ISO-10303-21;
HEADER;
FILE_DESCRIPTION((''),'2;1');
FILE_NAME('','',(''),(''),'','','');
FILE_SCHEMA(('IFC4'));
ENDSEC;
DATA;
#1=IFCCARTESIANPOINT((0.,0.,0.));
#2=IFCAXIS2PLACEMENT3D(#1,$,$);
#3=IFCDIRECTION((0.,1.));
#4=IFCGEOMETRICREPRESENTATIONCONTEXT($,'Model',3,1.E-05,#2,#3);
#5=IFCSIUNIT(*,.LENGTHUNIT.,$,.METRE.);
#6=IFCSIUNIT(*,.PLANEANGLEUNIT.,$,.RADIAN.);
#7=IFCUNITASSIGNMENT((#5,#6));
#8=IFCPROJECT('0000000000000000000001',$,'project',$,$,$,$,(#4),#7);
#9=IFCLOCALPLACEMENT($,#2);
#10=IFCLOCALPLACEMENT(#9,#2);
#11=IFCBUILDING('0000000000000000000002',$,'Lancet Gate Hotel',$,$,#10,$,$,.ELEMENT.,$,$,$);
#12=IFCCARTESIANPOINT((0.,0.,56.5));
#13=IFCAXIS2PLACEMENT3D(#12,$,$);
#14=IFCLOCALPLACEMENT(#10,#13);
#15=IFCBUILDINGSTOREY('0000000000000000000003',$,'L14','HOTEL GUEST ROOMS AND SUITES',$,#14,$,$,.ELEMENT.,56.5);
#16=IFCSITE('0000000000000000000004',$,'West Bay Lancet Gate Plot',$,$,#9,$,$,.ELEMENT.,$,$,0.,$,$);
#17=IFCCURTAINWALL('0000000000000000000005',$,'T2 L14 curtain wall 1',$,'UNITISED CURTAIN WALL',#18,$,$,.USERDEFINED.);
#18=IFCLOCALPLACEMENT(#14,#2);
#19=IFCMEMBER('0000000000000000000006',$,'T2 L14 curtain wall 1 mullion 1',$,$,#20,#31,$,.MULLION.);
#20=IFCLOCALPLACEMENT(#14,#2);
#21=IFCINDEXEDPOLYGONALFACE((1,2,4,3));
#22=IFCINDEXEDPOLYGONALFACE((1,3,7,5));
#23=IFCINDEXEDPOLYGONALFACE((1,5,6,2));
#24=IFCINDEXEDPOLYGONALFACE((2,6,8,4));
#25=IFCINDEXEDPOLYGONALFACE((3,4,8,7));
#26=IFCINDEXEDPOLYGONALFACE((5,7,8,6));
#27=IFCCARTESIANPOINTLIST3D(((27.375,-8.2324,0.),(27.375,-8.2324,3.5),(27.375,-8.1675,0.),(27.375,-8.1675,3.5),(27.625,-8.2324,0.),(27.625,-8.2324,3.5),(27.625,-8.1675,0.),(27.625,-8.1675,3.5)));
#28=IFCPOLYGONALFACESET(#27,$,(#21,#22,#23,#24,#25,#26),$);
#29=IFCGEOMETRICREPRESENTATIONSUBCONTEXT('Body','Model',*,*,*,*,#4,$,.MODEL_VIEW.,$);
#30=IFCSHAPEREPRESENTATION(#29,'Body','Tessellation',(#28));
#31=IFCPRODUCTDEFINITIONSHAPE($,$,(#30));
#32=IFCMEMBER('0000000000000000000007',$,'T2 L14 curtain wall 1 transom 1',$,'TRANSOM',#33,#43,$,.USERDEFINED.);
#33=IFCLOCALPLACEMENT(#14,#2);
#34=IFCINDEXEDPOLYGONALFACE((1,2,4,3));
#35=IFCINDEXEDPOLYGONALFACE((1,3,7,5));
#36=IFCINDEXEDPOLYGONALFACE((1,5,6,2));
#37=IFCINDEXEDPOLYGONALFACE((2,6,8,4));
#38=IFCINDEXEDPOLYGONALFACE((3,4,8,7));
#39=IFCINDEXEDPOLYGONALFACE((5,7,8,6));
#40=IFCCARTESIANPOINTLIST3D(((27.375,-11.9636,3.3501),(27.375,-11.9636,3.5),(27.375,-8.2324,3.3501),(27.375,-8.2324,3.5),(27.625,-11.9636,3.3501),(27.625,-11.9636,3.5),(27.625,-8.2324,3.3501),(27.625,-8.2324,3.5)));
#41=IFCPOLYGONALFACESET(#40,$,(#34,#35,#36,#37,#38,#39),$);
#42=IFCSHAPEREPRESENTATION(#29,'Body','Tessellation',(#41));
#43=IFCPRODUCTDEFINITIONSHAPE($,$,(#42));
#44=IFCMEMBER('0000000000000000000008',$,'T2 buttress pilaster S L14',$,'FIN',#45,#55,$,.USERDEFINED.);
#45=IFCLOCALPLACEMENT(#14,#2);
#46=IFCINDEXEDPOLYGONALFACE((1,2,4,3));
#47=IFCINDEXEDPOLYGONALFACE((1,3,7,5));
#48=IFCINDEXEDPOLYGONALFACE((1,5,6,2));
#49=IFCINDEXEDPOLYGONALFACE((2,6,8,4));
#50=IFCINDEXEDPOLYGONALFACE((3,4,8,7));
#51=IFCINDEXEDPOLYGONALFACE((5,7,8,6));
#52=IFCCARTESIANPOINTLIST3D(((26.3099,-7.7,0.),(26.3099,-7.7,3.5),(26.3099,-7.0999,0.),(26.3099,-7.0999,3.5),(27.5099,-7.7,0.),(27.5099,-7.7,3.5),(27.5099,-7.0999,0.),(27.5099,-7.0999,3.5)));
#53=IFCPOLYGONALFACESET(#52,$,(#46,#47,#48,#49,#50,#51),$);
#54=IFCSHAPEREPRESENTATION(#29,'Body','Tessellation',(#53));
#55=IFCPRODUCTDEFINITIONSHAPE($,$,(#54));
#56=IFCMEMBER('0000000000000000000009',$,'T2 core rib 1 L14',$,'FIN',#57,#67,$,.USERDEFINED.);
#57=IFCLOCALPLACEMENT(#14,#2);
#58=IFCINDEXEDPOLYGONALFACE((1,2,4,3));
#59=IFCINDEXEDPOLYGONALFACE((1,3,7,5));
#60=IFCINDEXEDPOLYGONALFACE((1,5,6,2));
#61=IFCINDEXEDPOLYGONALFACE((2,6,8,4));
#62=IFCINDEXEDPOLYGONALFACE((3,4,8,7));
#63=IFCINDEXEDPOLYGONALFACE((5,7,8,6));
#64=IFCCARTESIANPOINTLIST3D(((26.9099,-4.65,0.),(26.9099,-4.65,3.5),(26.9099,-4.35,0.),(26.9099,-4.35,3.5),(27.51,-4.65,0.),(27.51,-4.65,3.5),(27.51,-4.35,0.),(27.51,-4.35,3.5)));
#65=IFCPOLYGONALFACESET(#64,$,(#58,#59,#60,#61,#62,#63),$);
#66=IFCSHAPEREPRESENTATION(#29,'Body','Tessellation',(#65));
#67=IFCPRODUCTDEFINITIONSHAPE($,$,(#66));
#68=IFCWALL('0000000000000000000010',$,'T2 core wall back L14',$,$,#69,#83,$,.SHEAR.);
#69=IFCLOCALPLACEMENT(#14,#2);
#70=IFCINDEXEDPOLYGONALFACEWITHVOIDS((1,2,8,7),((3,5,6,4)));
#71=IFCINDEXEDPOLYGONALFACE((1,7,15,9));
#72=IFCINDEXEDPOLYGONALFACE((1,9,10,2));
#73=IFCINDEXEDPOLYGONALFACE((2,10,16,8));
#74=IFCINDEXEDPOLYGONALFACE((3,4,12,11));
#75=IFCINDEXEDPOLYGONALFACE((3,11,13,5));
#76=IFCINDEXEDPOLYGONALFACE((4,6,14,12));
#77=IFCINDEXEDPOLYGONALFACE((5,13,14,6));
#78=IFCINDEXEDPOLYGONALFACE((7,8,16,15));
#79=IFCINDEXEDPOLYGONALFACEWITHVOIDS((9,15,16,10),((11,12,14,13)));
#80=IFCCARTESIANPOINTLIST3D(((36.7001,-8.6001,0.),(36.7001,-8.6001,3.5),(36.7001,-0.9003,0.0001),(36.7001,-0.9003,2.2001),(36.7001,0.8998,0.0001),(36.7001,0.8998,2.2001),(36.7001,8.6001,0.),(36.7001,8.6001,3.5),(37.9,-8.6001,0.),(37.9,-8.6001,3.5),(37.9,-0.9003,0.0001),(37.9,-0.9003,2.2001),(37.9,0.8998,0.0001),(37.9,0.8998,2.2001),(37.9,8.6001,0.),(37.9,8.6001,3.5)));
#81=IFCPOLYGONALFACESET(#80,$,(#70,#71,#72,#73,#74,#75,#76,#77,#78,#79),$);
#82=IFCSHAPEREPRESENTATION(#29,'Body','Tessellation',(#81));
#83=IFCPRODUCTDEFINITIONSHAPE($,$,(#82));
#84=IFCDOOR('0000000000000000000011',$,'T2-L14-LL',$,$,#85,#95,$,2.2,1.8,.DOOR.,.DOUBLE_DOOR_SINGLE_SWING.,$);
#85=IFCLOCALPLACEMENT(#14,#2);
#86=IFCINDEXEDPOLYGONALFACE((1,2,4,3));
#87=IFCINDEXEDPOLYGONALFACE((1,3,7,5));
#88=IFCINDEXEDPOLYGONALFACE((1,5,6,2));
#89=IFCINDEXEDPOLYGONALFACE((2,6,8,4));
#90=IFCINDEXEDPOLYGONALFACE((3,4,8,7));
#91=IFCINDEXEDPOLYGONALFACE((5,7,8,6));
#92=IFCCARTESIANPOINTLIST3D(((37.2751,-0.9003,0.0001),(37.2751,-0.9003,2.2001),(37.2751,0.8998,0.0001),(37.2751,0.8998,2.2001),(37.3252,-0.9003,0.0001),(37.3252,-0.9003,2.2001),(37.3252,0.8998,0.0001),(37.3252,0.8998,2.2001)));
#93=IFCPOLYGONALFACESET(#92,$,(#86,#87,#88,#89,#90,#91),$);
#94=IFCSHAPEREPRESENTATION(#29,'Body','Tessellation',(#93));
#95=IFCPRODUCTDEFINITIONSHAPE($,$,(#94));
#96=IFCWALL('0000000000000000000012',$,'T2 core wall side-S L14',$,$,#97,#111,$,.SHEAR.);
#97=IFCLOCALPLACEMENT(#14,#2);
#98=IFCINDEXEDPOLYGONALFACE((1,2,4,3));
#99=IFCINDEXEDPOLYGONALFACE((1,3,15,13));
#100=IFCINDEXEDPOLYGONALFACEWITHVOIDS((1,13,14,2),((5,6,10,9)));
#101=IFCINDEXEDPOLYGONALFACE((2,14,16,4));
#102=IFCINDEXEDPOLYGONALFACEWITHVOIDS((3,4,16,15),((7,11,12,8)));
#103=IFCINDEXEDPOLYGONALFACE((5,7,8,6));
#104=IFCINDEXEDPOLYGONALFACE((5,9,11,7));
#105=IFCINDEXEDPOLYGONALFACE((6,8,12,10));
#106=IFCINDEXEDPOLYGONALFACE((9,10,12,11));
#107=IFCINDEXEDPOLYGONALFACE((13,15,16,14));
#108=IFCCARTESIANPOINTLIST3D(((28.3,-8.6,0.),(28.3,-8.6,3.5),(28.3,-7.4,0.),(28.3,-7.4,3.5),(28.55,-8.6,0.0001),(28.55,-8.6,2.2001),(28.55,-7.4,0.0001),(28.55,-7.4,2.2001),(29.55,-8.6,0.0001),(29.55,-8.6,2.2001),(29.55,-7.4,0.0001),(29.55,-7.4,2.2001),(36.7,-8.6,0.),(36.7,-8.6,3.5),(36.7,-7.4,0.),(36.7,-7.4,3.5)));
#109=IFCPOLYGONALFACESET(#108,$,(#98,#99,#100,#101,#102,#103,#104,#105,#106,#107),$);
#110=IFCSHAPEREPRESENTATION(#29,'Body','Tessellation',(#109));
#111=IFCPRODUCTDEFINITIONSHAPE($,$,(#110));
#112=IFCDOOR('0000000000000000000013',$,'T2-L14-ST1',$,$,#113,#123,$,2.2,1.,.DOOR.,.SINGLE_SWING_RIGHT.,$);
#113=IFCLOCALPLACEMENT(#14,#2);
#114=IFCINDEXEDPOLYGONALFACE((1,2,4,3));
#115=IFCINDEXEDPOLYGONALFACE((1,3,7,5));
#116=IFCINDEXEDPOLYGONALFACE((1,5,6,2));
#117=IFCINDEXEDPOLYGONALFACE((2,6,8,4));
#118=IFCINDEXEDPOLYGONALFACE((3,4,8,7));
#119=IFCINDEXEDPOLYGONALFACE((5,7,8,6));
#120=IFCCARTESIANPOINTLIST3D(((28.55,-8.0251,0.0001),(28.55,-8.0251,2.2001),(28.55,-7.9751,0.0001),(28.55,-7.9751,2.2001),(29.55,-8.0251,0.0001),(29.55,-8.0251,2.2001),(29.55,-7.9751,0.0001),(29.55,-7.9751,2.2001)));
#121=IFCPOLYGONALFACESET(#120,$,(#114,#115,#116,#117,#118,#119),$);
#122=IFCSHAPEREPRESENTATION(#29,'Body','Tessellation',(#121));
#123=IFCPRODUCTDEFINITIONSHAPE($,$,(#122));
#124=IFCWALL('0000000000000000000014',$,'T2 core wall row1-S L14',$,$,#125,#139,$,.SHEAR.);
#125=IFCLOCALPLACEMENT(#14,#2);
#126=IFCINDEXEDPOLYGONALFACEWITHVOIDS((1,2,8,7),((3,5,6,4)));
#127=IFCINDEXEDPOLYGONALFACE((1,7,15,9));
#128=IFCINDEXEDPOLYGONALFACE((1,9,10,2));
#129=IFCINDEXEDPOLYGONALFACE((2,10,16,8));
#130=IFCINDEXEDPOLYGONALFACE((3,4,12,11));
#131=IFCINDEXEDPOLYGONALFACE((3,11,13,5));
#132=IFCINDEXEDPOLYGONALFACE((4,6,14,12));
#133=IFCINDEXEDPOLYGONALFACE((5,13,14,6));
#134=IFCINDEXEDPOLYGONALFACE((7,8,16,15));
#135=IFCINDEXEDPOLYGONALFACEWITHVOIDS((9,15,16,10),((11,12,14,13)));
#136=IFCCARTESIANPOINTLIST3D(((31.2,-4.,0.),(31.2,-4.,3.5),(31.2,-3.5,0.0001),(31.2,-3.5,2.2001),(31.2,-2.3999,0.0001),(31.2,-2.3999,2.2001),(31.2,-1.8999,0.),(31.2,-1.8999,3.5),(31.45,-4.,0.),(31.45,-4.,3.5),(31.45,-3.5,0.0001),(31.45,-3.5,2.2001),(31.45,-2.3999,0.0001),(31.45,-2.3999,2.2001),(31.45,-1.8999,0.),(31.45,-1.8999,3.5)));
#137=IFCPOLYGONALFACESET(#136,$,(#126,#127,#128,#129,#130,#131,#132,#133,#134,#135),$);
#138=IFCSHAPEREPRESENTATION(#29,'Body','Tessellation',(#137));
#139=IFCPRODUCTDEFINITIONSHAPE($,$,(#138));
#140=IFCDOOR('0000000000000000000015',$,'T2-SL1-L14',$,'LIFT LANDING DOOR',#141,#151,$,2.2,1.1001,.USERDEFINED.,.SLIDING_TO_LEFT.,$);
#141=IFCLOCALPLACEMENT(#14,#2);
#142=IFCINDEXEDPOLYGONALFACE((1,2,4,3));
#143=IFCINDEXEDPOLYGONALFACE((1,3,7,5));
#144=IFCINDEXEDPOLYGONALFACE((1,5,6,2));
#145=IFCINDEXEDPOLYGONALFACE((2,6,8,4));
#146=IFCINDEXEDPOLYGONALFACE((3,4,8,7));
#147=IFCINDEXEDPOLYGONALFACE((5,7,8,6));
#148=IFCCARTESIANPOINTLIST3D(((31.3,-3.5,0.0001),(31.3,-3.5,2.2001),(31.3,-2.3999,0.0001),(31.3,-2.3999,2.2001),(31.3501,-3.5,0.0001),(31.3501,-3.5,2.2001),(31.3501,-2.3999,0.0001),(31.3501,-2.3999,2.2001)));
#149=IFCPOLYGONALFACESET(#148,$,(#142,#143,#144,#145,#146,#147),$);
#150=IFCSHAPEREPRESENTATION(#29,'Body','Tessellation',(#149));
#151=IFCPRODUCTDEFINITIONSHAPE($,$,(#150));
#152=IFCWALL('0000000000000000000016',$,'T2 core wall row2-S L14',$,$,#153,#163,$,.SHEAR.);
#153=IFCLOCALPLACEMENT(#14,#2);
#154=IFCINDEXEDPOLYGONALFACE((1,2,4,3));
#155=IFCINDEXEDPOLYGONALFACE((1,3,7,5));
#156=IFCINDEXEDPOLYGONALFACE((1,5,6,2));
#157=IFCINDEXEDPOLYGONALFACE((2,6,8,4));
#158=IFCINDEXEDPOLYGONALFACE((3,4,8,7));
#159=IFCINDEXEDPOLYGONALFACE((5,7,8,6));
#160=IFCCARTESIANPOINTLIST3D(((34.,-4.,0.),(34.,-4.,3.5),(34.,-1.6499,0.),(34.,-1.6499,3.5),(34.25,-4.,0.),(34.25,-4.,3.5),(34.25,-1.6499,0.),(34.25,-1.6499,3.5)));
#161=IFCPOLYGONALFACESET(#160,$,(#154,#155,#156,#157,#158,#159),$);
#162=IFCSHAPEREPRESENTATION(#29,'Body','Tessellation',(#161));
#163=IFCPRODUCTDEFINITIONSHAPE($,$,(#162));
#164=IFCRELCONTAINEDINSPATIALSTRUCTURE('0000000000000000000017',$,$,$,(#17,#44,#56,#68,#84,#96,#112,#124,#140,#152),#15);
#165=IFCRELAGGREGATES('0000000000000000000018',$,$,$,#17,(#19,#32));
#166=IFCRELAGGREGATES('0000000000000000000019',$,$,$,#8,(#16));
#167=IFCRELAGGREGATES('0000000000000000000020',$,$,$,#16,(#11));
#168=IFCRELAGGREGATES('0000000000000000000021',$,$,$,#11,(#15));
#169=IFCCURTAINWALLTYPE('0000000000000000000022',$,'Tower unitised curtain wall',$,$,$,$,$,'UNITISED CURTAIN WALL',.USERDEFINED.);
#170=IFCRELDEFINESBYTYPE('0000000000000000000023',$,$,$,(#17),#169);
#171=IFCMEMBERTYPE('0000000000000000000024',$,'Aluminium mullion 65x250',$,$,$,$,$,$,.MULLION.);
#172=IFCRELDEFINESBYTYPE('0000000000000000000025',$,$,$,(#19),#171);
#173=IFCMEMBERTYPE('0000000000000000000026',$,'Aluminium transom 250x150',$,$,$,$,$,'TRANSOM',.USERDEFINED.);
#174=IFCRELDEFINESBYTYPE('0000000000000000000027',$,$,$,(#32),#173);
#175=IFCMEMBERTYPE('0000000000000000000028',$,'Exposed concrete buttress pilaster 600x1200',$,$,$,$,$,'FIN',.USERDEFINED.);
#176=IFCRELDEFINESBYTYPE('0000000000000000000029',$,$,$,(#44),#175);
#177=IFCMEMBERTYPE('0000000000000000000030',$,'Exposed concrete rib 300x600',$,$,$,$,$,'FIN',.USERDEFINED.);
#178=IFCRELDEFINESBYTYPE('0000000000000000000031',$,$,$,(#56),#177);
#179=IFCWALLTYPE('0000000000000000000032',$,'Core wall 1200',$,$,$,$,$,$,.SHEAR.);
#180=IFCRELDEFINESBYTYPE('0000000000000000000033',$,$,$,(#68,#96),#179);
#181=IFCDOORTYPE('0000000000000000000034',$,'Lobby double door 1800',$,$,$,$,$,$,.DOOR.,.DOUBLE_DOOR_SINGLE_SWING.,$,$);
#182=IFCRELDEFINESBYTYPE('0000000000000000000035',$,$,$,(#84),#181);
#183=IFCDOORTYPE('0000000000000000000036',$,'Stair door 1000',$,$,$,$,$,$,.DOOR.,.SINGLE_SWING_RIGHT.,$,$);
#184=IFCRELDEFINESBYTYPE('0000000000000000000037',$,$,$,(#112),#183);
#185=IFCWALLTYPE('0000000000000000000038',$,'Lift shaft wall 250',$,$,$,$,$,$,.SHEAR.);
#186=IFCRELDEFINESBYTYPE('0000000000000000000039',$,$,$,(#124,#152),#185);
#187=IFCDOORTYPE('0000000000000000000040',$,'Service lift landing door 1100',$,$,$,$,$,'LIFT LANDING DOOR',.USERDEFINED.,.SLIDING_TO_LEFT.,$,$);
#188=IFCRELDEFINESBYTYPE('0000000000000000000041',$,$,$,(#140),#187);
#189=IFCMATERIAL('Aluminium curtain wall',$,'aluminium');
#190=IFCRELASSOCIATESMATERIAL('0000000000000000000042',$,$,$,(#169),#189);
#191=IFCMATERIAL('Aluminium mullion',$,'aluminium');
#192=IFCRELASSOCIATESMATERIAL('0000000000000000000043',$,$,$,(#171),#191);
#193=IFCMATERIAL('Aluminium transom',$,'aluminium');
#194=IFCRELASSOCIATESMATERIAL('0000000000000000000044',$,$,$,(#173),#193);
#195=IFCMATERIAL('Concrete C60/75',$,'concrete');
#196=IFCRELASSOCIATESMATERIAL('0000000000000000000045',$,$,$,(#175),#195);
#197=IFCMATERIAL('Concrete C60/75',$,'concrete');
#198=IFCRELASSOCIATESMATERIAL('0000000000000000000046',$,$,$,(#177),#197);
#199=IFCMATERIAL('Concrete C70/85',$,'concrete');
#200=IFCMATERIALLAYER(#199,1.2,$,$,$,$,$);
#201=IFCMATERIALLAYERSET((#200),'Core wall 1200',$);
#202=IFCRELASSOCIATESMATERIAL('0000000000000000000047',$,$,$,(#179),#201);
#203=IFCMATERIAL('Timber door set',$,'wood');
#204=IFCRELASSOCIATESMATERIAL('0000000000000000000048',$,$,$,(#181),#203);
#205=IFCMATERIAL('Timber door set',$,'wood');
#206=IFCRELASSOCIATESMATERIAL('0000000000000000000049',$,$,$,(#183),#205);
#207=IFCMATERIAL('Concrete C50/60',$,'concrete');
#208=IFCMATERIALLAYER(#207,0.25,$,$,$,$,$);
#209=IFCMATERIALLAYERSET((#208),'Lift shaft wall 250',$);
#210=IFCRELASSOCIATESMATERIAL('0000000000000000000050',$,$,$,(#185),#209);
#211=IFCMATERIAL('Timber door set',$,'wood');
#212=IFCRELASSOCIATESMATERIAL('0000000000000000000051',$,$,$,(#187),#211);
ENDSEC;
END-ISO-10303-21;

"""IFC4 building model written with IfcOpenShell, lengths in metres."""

from ifc_helpers import new_model, si_unit, direction, frame, frame_2d, origin, origin_2d, place, context, subcontext, project, spatial, rectangle, extrude, material, layer, layer_set, material_profile, profile_set, type_object, element, fill, aggregate, save


model = new_model("IFC4")

# Units and contexts
model_context = context("Model", 3, precision=1e-05, world=origin(), true_north=direction((0.0, 1.0)))
body_context = subcontext(model_context, "Body", "Model", "MODEL_VIEW")
ifc_project = project(units=[si_unit("LENGTHUNIT", "METRE"), si_unit("PLANEANGLEUNIT", "RADIAN")], contexts=[model_context])

# Site, building, storey
site_placement = place(None, origin())
site = spatial("IfcSite", under=ifc_project, at=site_placement, Name="West Bay Lancet Gate Plot", CompositionType="ELEMENT", RefElevation=0.0)
building_placement = place(site_placement, origin())
building = spatial("IfcBuilding", under=site, at=building_placement, Name="Lancet Gate Hotel", CompositionType="ELEMENT")
storey_placement = place(building_placement, frame((0.0, 0.0, 56.5)))
storey = spatial("IfcBuildingStorey", under=building, at=storey_placement, Name="L14", Description="HOTEL GUEST ROOMS AND SUITES", CompositionType="ELEMENT", Elevation=56.5)

# Curtain wall, members
ifc_material_1 = material(Name="Aluminium curtain wall", Category="aluminium")
curtain_wall_type = type_object("IfcCurtainWallType", Name="Tower unitised curtain wall", ElementType="UNITISED CURTAIN WALL", PredefinedType="USERDEFINED", material=ifc_material_1)
curtain_wall_placement = place(storey_placement, origin())
curtain_wall = element("IfcCurtainWall", 1, at=curtain_wall_placement, inside=storey, type_object=curtain_wall_type, Name="T2 L14 curtain wall 1", ObjectType="UNITISED CURTAIN WALL", PredefinedType="USERDEFINED")
ifc_material_2 = material(Name="Aluminium mullion", Category="aluminium")
ifc_material_profile_1 = material_profile(ifc_material_2, rectangle(XDim=0.0649, YDim=0.25, at=origin_2d()), Name="MULLION 65x250")
ifc_profile_set_1 = profile_set([ifc_material_profile_1], Name="Aluminium mullion")
member_type_1 = type_object("IfcMemberType", Name="Aluminium mullion 65x250", PredefinedType="MULLION", material=ifc_profile_set_1)
member_1_placement = place(storey_placement, frame((27.5, -8.2, 0.0), z_axis=(0.0, 0.0, 1.0), x_axis=(0.0, -1.0, 0.0)))
member_1 = element("IfcMember", 2, at=member_1_placement, type_object=member_type_1, Name="T2 L14 curtain wall 1 mullion 1", PredefinedType="MULLION", context=body_context, shape_type="SweptSolid", body=[
    extrude(rectangle(XDim=0.0649, YDim=0.25, at=origin_2d()), origin(), (0.0, 0.0, 1.0), 3.5),
])
ifc_material_3 = material(Name="Aluminium transom", Category="aluminium")
ifc_material_profile_2 = material_profile(ifc_material_3, rectangle(XDim=0.25, YDim=0.1499, at=origin_2d()), Name="TRANSOM 250x150")
ifc_profile_set_2 = profile_set([ifc_material_profile_2], Name="Aluminium transom")
member_type_2 = type_object("IfcMemberType", Name="Aluminium transom 250x150", ElementType="TRANSOM", PredefinedType="USERDEFINED", material=ifc_profile_set_2)
member_2_placement = place(storey_placement, frame((27.5, -8.2324, 3.425), z_axis=(0.0, -1.0, 0.0), x_axis=(1.0, 0.0, 0.0)))
member_2 = element("IfcMember", 3, at=member_2_placement, type_object=member_type_2, Name="T2 L14 curtain wall 1 transom 1", ObjectType="TRANSOM", PredefinedType="USERDEFINED", context=body_context, shape_type="SweptSolid", body=[
    extrude(rectangle(XDim=0.25, YDim=0.1499, at=origin_2d()), origin(), (0.0, 0.0, 1.0), 3.7312),
])
aggregate(curtain_wall, [member_1, member_2])

# Members
ifc_material_4 = material(Name="Concrete C60/75", Category="concrete")
ifc_material_profile_3 = material_profile(ifc_material_4, rectangle(XDim=0.6001, YDim=1.2, at=origin_2d()), Name="FIN 600x1200")
ifc_profile_set_3 = profile_set([ifc_material_profile_3], Name="Concrete C60/75")
member_type_3 = type_object("IfcMemberType", Name="Exposed concrete buttress pilaster 600x1200", ElementType="FIN", PredefinedType="USERDEFINED", material=ifc_profile_set_3)
member_3_placement = place(storey_placement, frame((26.9099, -7.3999, 0.0), z_axis=(0.0, 0.0, 1.0), x_axis=(0.0, 1.0, 0.0)))
element("IfcMember", 4, at=member_3_placement, inside=storey, type_object=member_type_3, Name="T2 buttress pilaster S L14", ObjectType="FIN", PredefinedType="USERDEFINED", context=body_context, shape_type="SweptSolid", body=[
    extrude(rectangle(XDim=0.6001, YDim=1.2, at=origin_2d()), origin(), (0.0, 0.0, 1.0), 3.5),
])
ifc_material_5 = material(Name="Concrete C60/75", Category="concrete")
ifc_material_profile_4 = material_profile(ifc_material_5, rectangle(XDim=0.3, YDim=0.6001, at=origin_2d()), Name="FIN 300x600")
ifc_profile_set_4 = profile_set([ifc_material_profile_4], Name="Concrete C60/75")
member_type_4 = type_object("IfcMemberType", Name="Exposed concrete rib 300x600", ElementType="FIN", PredefinedType="USERDEFINED", material=ifc_profile_set_4)
member_4_placement = place(storey_placement, frame((27.21, -4.5, 0.0), z_axis=(0.0, 0.0, 1.0), x_axis=(0.0, 1.0, 0.0)))
element("IfcMember", 5, at=member_4_placement, inside=storey, type_object=member_type_4, Name="T2 core rib 1 L14", ObjectType="FIN", PredefinedType="USERDEFINED", context=body_context, shape_type="SweptSolid", body=[
    extrude(rectangle(XDim=0.3, YDim=0.6001, at=origin_2d()), origin(), (0.0, 0.0, 1.0), 3.5),
])

# Walls, openings, doors
ifc_material_6 = material(Name="Concrete C70/85", Category="concrete")
ifc_layer_1 = layer(ifc_material_6, 1.2)
ifc_layer_set_1 = layer_set([ifc_layer_1], Name="Core wall 1200")
wall_type_1 = type_object("IfcWallType", Name="Core wall 1200", PredefinedType="SHEAR", material=ifc_layer_set_1)
wall_1_placement = place(storey_placement, frame((37.3, -8.6001, 0.0), z_axis=(0.0, 0.0, 1.0), x_axis=(0.0, 1.0, 0.0)))
wall_1 = element("IfcWall", 6, at=wall_1_placement, inside=storey, type_object=wall_type_1, Name="T2 core wall back L14", PredefinedType="SHEAR", context=body_context, shape_type="SweptSolid", body=[
    extrude(rectangle(XDim=17.2002, YDim=1.2, at=frame_2d((8.6001, 0.0))), origin(), (0.0, 0.0, 1.0), 3.5),
])
opening_1_placement = place(wall_1_placement, frame((7.7, 0.0, 0.0)))
opening_1 = element("IfcOpeningElement", 7, at=opening_1_placement, cuts=wall_1, PredefinedType="OPENING", context=body_context, shape_type="SweptSolid", body=[
    extrude(rectangle(XDim=1.8, YDim=2.2, at=frame_2d((0.8999, 1.1001))), frame((0.0, 0.6099, 0.0), z_axis=(0.0, -1.0, 0.0), x_axis=(1.0, 0.0, 0.0)), (0.0, 0.0, 1.0), 1.22),
])
ifc_material_7 = material(Name="Timber door set", Category="wood")
door_type_1 = type_object("IfcDoorType", Name="Lobby double door 1800", OperationType="DOUBLE_DOOR_SINGLE_SWING", PredefinedType="DOOR", material=ifc_material_7)
door_1_placement = place(opening_1_placement, origin())
door_1 = element("IfcDoor", 8, at=door_1_placement, inside=storey, type_object=door_type_1, Name="T2-L14-LL", OperationType="DOUBLE_DOOR_SINGLE_SWING", OverallHeight=2.2, OverallWidth=1.8, PredefinedType="DOOR", context=body_context, shape_type="SweptSolid", body=[
    extrude(rectangle(XDim=1.8, YDim=2.2, at=frame_2d((0.8999, 1.1001))), frame((0.0, 0.0249, 0.0), z_axis=(0.0, -1.0, 0.0), x_axis=(1.0, 0.0, 0.0)), (0.0, 0.0, 1.0), 0.05),
])
fill(opening_1, door_1)
wall_2_placement = place(storey_placement, frame((28.3, -8.0, 0.0), z_axis=(0.0, 0.0, 1.0), x_axis=(1.0, 0.0, 0.0)))
wall_2 = element("IfcWall", 9, at=wall_2_placement, inside=storey, type_object=wall_type_1, Name="T2 core wall side-S L14", PredefinedType="SHEAR", context=body_context, shape_type="SweptSolid", body=[
    extrude(rectangle(XDim=8.3999, YDim=1.2, at=frame_2d((4.2, 0.0))), origin(), (0.0, 0.0, 1.0), 3.5),
])
opening_2_placement = place(wall_2_placement, frame((0.25, 0.0, 0.0)))
opening_2 = element("IfcOpeningElement", 10, at=opening_2_placement, cuts=wall_2, PredefinedType="OPENING", context=body_context, shape_type="SweptSolid", body=[
    extrude(rectangle(XDim=1.0, YDim=2.2, at=frame_2d((0.5, 1.1001))), frame((0.0, 0.6099, 0.0), z_axis=(0.0, -1.0, 0.0), x_axis=(1.0, 0.0, 0.0)), (0.0, 0.0, 1.0), 1.22),
])
ifc_material_8 = material(Name="Timber door set", Category="wood")
door_type_2 = type_object("IfcDoorType", Name="Stair door 1000", OperationType="SINGLE_SWING_RIGHT", PredefinedType="DOOR", material=ifc_material_8)
door_2_placement = place(opening_2_placement, origin())
door_2 = element("IfcDoor", 11, at=door_2_placement, inside=storey, type_object=door_type_2, Name="T2-L14-ST1", OperationType="SINGLE_SWING_RIGHT", OverallHeight=2.2, OverallWidth=1.0, PredefinedType="DOOR", context=body_context, shape_type="SweptSolid", body=[
    extrude(rectangle(XDim=1.0, YDim=2.2, at=frame_2d((0.5, 1.1001))), frame((0.0, 0.0249, 0.0), z_axis=(0.0, -1.0, 0.0), x_axis=(1.0, 0.0, 0.0)), (0.0, 0.0, 1.0), 0.05),
])
fill(opening_2, door_2)
ifc_material_9 = material(Name="Concrete C50/60", Category="concrete")
ifc_layer_2 = layer(ifc_material_9, 0.25)
ifc_layer_set_2 = layer_set([ifc_layer_2], Name="Lift shaft wall 250")
wall_type_2 = type_object("IfcWallType", Name="Lift shaft wall 250", PredefinedType="SHEAR", material=ifc_layer_set_2)
wall_3_placement = place(storey_placement, frame((31.325, -4.0, 0.0), z_axis=(0.0, 0.0, 1.0), x_axis=(0.0, 1.0, 0.0)))
wall_3 = element("IfcWall", 12, at=wall_3_placement, inside=storey, type_object=wall_type_2, Name="T2 core wall row1-S L14", PredefinedType="SHEAR", context=body_context, shape_type="SweptSolid", body=[
    extrude(rectangle(XDim=2.1001, YDim=0.25, at=frame_2d((1.05, 0.0))), origin(), (0.0, 0.0, 1.0), 3.5),
])
opening_3_placement = place(wall_3_placement, frame((0.5, 0.0, 0.0)))
opening_3 = element("IfcOpeningElement", 13, at=opening_3_placement, cuts=wall_3, PredefinedType="OPENING", context=body_context, shape_type="SweptSolid", body=[
    extrude(rectangle(XDim=1.1001, YDim=2.2, at=frame_2d((0.55, 1.1001))), frame((0.0, 0.135, 0.0), z_axis=(0.0, -1.0, 0.0), x_axis=(1.0, 0.0, 0.0)), (0.0, 0.0, 1.0), 0.27),
])
ifc_material_10 = material(Name="Timber door set", Category="wood")
door_type_3 = type_object("IfcDoorType", Name="Service lift landing door 1100", ElementType="LIFT LANDING DOOR", OperationType="SLIDING_TO_LEFT", PredefinedType="USERDEFINED", material=ifc_material_10)
door_3_placement = place(opening_3_placement, origin())
door_3 = element("IfcDoor", 14, at=door_3_placement, inside=storey, type_object=door_type_3, Name="T2-SL1-L14", ObjectType="LIFT LANDING DOOR", OperationType="SLIDING_TO_LEFT", OverallHeight=2.2, OverallWidth=1.1001, PredefinedType="USERDEFINED", context=body_context, shape_type="SweptSolid", body=[
    extrude(rectangle(XDim=1.1001, YDim=2.2, at=frame_2d((0.55, 1.1001))), frame((0.0, 0.0249, 0.0), z_axis=(0.0, -1.0, 0.0), x_axis=(1.0, 0.0, 0.0)), (0.0, 0.0, 1.0), 0.05),
])
fill(opening_3, door_3)

# Wall
wall_4_placement = place(storey_placement, frame((34.125, -4.0, 0.0), z_axis=(0.0, 0.0, 1.0), x_axis=(0.0, 1.0, 0.0)))
element("IfcWall", 15, at=wall_4_placement, inside=storey, type_object=wall_type_2, Name="T2 core wall row2-S L14", PredefinedType="SHEAR", context=body_context, shape_type="SweptSolid", body=[
    extrude(rectangle(XDim=2.3501, YDim=0.25, at=frame_2d((1.175, 0.0))), origin(), (0.0, 0.0, 1.0), 3.5),
])

save(model, "model.ifc")
